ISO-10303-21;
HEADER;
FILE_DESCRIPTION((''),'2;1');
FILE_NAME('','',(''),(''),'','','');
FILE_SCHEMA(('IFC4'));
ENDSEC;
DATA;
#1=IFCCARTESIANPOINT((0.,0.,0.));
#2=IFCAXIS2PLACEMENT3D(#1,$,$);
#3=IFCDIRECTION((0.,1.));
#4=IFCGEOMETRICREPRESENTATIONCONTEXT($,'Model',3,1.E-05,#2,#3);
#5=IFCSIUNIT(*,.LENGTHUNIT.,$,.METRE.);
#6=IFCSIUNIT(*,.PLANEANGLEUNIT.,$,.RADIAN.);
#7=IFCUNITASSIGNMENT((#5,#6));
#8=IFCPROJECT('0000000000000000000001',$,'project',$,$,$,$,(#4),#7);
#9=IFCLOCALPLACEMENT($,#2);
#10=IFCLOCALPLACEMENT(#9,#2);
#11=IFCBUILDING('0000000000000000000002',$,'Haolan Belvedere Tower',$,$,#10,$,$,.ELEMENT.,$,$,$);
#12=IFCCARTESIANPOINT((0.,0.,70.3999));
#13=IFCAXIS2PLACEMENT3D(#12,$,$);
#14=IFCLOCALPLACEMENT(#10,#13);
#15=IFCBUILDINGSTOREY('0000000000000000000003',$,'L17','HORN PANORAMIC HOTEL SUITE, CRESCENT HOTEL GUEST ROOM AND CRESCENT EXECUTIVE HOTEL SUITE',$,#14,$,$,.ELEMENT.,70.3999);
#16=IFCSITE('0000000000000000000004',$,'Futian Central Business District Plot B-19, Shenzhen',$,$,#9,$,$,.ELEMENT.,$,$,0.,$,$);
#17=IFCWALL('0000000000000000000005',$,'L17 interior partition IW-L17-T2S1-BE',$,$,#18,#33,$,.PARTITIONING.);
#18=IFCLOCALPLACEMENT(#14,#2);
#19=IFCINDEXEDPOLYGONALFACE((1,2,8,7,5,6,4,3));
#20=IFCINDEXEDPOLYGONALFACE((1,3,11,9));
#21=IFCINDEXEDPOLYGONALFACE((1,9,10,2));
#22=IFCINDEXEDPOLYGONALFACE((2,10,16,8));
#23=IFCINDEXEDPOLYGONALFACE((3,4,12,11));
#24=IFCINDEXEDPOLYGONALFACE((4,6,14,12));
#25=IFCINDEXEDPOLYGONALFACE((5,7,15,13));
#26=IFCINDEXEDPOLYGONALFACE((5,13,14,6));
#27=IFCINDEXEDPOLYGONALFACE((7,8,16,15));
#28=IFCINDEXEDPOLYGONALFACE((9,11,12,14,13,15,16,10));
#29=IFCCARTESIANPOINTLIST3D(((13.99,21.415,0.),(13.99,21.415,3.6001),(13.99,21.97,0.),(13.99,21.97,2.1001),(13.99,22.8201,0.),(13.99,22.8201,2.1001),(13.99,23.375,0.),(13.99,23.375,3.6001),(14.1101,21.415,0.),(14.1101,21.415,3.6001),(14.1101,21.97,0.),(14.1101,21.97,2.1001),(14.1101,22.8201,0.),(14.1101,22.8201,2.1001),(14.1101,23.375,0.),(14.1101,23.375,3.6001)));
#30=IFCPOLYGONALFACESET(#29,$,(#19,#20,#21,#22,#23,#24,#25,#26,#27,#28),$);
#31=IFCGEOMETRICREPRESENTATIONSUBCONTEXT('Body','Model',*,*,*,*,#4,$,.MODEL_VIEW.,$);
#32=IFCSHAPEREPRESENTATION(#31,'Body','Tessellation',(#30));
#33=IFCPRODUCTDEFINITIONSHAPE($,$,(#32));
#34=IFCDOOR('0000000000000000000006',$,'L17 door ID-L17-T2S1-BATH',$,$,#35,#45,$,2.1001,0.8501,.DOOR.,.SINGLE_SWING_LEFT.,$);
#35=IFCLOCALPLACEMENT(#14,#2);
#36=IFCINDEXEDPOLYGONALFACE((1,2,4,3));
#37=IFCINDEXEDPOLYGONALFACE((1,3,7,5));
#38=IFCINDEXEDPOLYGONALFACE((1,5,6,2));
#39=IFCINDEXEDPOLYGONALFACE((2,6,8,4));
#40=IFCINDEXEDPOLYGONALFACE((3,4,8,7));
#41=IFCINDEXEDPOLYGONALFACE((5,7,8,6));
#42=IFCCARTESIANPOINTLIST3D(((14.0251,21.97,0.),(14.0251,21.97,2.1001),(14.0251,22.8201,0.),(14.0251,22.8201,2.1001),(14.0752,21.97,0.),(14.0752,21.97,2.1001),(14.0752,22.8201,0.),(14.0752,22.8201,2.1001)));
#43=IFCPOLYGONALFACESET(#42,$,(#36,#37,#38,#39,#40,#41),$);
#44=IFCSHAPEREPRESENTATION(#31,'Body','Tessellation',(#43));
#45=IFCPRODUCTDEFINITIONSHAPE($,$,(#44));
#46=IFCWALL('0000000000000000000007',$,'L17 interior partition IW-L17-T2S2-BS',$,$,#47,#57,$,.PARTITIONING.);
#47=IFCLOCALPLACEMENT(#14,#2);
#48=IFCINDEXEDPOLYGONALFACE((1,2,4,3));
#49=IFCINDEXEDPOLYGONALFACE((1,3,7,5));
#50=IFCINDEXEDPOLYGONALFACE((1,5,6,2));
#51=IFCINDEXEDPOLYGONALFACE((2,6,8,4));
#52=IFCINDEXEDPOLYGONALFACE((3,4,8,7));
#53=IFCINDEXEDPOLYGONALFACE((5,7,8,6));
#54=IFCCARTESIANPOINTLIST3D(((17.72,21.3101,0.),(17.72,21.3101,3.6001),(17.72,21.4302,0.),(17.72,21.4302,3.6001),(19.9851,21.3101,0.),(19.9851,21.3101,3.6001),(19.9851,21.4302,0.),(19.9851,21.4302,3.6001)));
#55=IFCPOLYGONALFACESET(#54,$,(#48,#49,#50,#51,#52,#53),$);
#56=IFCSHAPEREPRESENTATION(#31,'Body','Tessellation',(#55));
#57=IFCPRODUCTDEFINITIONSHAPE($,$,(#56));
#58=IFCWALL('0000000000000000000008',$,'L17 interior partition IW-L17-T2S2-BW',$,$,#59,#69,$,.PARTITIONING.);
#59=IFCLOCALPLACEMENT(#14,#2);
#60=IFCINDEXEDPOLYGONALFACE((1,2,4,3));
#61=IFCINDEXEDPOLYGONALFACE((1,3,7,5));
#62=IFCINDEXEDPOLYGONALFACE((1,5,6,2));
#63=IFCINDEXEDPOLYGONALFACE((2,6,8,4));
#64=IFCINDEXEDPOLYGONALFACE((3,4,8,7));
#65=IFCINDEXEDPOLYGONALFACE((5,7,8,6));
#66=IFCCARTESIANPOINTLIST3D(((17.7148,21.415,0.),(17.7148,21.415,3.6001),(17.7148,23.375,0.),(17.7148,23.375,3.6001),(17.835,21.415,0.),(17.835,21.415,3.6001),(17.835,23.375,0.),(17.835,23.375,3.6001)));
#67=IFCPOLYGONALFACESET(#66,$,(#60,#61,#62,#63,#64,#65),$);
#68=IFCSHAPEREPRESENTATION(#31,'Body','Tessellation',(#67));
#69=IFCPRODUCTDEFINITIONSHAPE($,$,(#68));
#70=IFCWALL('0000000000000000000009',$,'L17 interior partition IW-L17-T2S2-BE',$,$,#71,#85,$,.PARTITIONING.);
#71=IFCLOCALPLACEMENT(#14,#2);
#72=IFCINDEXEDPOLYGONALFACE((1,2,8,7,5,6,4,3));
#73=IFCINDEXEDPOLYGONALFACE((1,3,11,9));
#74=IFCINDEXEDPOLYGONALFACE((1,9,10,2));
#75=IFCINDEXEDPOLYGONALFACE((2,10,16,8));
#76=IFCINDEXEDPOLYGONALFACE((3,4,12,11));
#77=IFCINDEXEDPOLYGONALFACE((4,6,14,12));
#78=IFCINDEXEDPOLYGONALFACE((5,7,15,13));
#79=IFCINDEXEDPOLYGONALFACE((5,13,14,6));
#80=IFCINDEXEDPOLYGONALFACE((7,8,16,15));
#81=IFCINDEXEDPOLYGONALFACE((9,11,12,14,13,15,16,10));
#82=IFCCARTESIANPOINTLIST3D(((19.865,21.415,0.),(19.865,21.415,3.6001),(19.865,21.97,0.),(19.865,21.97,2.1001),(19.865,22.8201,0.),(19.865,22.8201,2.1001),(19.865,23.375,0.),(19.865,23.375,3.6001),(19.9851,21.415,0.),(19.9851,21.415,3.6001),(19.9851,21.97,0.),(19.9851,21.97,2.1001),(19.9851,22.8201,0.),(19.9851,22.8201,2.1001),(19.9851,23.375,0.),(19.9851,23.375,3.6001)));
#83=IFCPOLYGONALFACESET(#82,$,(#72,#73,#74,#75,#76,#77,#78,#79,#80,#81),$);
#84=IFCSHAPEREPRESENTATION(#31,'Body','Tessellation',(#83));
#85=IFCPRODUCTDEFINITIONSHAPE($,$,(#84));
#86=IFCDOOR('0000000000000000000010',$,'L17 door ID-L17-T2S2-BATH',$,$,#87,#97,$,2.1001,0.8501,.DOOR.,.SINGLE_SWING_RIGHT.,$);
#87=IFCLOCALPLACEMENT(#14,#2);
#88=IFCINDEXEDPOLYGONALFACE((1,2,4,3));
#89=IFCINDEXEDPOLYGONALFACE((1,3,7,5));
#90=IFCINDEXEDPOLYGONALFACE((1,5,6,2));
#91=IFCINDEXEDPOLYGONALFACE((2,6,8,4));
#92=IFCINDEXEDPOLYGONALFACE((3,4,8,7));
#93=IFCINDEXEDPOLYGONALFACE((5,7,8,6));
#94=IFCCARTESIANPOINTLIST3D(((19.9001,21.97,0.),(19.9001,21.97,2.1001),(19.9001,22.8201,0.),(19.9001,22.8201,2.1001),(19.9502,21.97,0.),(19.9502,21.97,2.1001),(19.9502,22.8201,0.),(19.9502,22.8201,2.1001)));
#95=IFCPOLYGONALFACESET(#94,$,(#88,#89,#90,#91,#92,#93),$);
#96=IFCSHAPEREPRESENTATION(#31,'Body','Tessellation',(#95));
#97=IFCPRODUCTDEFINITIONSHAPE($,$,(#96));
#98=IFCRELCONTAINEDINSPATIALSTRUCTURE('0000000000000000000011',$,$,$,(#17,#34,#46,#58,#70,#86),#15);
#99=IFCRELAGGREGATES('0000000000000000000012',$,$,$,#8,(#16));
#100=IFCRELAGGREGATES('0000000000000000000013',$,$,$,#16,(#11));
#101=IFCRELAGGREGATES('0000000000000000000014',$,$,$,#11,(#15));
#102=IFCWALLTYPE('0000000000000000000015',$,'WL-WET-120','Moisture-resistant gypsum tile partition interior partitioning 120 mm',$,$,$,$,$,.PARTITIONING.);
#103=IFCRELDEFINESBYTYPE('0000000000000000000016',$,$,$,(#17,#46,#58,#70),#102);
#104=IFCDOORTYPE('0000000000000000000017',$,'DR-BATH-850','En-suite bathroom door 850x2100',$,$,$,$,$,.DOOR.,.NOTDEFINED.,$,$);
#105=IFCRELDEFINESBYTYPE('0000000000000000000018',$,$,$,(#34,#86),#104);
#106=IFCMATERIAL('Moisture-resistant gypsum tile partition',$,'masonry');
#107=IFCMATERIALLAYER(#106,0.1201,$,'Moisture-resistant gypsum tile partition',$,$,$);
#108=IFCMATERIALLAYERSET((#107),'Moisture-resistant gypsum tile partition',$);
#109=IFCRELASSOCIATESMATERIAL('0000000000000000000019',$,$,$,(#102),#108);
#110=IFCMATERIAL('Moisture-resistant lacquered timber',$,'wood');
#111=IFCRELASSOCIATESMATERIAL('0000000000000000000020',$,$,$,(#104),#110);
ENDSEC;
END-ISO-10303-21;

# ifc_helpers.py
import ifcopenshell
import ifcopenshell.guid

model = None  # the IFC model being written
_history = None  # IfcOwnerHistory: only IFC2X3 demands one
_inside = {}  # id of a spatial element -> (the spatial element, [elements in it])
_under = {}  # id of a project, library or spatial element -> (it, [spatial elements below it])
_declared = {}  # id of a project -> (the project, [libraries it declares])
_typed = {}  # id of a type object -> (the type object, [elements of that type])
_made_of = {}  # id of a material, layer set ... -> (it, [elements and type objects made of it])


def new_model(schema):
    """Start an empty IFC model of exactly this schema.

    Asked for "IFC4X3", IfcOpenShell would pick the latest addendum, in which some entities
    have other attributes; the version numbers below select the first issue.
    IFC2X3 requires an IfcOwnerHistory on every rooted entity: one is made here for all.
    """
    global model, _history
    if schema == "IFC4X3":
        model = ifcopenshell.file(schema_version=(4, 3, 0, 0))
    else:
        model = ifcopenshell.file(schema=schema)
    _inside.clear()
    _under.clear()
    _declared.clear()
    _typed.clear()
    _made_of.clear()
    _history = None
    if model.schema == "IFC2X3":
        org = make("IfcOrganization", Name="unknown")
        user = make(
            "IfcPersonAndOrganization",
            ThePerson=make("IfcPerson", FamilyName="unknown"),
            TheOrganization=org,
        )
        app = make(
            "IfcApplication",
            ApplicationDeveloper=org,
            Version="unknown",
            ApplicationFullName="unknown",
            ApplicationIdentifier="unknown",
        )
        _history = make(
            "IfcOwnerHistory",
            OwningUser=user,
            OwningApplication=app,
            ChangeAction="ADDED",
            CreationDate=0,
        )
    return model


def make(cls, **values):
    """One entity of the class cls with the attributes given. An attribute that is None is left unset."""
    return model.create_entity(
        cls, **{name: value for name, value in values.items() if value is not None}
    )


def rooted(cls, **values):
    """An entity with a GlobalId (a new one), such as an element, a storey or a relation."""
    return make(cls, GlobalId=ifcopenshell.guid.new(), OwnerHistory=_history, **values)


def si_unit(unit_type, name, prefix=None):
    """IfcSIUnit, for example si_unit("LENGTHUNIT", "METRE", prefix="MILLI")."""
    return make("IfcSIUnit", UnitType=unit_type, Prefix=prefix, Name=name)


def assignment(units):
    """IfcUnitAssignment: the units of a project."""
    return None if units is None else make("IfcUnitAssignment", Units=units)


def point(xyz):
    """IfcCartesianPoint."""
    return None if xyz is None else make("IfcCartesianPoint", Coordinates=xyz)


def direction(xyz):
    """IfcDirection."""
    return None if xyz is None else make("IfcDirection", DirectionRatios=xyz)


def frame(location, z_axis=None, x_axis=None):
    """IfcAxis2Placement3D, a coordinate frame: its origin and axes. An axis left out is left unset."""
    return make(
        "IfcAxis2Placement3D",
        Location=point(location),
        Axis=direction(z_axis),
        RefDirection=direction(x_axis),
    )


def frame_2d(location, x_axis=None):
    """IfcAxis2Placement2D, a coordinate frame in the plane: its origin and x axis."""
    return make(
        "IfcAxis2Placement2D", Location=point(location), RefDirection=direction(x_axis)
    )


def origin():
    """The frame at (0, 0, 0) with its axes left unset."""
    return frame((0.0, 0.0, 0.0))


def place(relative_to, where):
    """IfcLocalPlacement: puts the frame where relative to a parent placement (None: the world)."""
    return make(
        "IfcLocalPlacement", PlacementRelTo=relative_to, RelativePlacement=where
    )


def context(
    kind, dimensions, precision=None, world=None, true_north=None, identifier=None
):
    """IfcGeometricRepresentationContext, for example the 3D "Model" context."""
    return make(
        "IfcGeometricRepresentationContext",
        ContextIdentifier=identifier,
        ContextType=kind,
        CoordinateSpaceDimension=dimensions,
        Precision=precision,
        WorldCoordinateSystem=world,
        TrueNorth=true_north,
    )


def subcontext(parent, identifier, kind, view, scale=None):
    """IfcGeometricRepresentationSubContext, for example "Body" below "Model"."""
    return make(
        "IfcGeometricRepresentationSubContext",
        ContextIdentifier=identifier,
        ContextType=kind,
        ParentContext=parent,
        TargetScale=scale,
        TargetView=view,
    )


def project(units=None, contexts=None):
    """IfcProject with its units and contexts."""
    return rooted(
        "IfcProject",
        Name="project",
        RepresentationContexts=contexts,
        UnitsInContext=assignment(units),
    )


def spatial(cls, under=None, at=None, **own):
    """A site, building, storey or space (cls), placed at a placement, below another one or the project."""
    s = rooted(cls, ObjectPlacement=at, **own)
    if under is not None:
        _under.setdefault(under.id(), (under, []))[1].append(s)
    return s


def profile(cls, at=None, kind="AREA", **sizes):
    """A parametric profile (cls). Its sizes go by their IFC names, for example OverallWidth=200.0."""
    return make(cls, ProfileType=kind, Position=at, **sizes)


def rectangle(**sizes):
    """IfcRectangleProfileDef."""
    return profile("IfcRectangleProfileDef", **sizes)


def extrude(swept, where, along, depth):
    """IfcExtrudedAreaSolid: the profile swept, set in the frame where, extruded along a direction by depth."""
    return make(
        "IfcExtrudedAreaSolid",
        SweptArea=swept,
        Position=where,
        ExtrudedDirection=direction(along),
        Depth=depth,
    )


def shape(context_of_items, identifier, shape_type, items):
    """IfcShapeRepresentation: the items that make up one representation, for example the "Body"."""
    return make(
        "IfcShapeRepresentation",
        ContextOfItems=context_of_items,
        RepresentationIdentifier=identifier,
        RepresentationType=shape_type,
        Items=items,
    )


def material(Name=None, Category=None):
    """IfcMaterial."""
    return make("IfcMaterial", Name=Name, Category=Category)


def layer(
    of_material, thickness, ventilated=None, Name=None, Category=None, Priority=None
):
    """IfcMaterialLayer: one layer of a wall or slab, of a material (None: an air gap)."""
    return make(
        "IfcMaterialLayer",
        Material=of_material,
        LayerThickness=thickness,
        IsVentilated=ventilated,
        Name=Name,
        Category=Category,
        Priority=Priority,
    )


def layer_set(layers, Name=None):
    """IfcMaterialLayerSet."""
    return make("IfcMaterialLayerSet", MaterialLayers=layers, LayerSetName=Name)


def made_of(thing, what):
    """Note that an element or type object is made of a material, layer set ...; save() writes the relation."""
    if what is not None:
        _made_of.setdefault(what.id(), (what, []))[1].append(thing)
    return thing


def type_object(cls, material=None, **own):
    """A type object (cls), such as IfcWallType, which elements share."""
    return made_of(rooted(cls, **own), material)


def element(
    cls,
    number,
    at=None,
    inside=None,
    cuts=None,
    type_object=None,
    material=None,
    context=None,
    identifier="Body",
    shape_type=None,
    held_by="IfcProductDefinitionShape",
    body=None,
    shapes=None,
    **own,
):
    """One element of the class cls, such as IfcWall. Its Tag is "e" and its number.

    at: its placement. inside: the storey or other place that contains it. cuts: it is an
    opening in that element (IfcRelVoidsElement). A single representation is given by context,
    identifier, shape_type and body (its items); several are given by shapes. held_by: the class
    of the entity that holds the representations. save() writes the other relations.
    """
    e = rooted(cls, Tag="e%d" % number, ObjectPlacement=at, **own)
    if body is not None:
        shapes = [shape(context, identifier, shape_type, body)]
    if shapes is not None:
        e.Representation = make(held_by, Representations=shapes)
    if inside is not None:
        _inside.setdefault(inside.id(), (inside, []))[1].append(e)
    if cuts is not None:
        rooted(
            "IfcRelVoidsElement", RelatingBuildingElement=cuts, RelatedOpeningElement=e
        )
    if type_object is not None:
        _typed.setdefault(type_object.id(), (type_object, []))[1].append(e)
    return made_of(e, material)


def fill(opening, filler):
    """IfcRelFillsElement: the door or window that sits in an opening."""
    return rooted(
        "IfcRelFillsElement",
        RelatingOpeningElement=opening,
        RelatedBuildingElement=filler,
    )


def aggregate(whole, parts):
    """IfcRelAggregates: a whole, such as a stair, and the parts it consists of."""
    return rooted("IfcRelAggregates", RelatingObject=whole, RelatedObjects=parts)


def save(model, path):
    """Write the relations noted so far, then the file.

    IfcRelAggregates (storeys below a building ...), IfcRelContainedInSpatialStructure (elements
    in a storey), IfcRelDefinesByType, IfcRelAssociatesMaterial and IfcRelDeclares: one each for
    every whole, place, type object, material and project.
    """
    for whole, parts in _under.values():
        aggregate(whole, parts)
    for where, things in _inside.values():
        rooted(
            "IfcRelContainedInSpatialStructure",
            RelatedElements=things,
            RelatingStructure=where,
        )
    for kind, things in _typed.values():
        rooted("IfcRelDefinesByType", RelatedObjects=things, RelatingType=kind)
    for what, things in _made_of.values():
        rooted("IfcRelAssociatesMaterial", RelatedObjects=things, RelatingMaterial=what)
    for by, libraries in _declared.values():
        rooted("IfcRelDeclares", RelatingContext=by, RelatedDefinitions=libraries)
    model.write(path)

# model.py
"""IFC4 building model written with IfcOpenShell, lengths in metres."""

from ifc_helpers import new_model, si_unit, direction, frame, frame_2d, origin, place, context, subcontext, project, spatial, rectangle, extrude, material, layer, layer_set, type_object, element, fill, save


model = new_model("IFC4")

# Units and contexts
model_context = context("Model", 3, precision=1e-05, world=origin(), true_north=direction((0.0, 1.0)))
body_context = subcontext(model_context, "Body", "Model", "MODEL_VIEW")
ifc_project = project(units=[si_unit("LENGTHUNIT", "METRE"), si_unit("PLANEANGLEUNIT", "RADIAN")], contexts=[model_context])

# Site, building, storey
site_placement = place(None, origin())
site = spatial("IfcSite", under=ifc_project, at=site_placement, Name="Futian Central Business District Plot B-19, Shenzhen", CompositionType="ELEMENT", RefElevation=0.0)
building_placement = place(site_placement, origin())
building = spatial("IfcBuilding", under=site, at=building_placement, Name="Haolan Belvedere Tower", CompositionType="ELEMENT")
storey_placement = place(building_placement, frame((0.0, 0.0, 70.3999)))
storey = spatial("IfcBuildingStorey", under=building, at=storey_placement, Name="L17", Description="HORN PANORAMIC HOTEL SUITE, CRESCENT HOTEL GUEST ROOM AND CRESCENT EXECUTIVE HOTEL SUITE", CompositionType="ELEMENT", Elevation=70.3999)

# Wall, opening, door
ifc_material_1 = material(Name="Moisture-resistant gypsum tile partition", Category="masonry")
ifc_layer_1 = layer(ifc_material_1, 0.1201, Name="Moisture-resistant gypsum tile partition")
ifc_layer_set_1 = layer_set([ifc_layer_1], Name="Moisture-resistant gypsum tile partition")
wall_type_1 = type_object("IfcWallType", Name="WL-WET-120", Description="Moisture-resistant gypsum tile partition interior partitioning 120 mm", PredefinedType="PARTITIONING", material=ifc_layer_set_1)
wall_1_placement = place(storey_placement, frame((14.05, 21.415, 0.0), z_axis=(0.0, 0.0, 1.0), x_axis=(0.0, 1.0, 0.0)))
wall_1 = element("IfcWall", 1, at=wall_1_placement, inside=storey, type_object=wall_type_1, Name="L17 interior partition IW-L17-T2S1-BE", PredefinedType="PARTITIONING", context=body_context, shape_type="SweptSolid", body=[
    extrude(rectangle(XDim=1.96, YDim=0.1201, at=frame_2d((0.98, 0.0))), origin(), (0.0, 0.0, 1.0), 3.6001),
])
opening_1_placement = place(wall_1_placement, frame((0.5549, 0.0, 0.0)))
opening_1 = element("IfcOpeningElement", 2, at=opening_1_placement, cuts=wall_1, PredefinedType="OPENING", context=body_context, shape_type="SweptSolid", body=[
    extrude(rectangle(XDim=0.8501, YDim=2.1001, at=frame_2d((0.425, 1.05))), frame((0.0, 0.0701, 0.0), z_axis=(0.0, -1.0, 0.0), x_axis=(1.0, 0.0, 0.0)), (0.0, 0.0, 1.0), 0.1401),
])
ifc_material_2 = material(Name="Moisture-resistant lacquered timber", Category="wood")
door_type = type_object("IfcDoorType", Name="DR-BATH-850", Description="En-suite bathroom door 850x2100", OperationType="NOTDEFINED", PredefinedType="DOOR", material=ifc_material_2)
door_1_placement = place(opening_1_placement, origin())
door_1 = element("IfcDoor", 3, at=door_1_placement, inside=storey, type_object=door_type, Name="L17 door ID-L17-T2S1-BATH", OperationType="SINGLE_SWING_LEFT", OverallHeight=2.1001, OverallWidth=0.8501, PredefinedType="DOOR", context=body_context, shape_type="SweptSolid", body=[
    extrude(rectangle(XDim=0.8501, YDim=2.1001, at=frame_2d((0.425, 1.05))), frame((0.0, 0.0249, 0.0), z_axis=(0.0, -1.0, 0.0), x_axis=(1.0, 0.0, 0.0)), (0.0, 0.0, 1.0), 0.05),
])
fill(opening_1, door_1)

# Walls
wall_2_placement = place(storey_placement, frame((17.72, 21.3701, 0.0), z_axis=(0.0, 0.0, 1.0), x_axis=(1.0, 0.0, 0.0)))
element("IfcWall", 4, at=wall_2_placement, inside=storey, type_object=wall_type_1, Name="L17 interior partition IW-L17-T2S2-BS", PredefinedType="PARTITIONING", context=body_context, shape_type="SweptSolid", body=[
    extrude(rectangle(XDim=2.2651, YDim=0.1201, at=frame_2d((1.1326, 0.0))), origin(), (0.0, 0.0, 1.0), 3.6001),
])
wall_3_placement = place(storey_placement, frame((17.7749, 21.415, 0.0), z_axis=(0.0, 0.0, 1.0), x_axis=(0.0, 1.0, 0.0)))
element("IfcWall", 5, at=wall_3_placement, inside=storey, type_object=wall_type_1, Name="L17 interior partition IW-L17-T2S2-BW", PredefinedType="PARTITIONING", context=body_context, shape_type="SweptSolid", body=[
    extrude(rectangle(XDim=1.96, YDim=0.1201, at=frame_2d((0.98, 0.0))), origin(), (0.0, 0.0, 1.0), 3.6001),
])

# Wall, opening, door
wall_4_placement = place(storey_placement, frame((19.925, 21.415, 0.0), z_axis=(0.0, 0.0, 1.0), x_axis=(0.0, 1.0, 0.0)))
wall_4 = element("IfcWall", 6, at=wall_4_placement, inside=storey, type_object=wall_type_1, Name="L17 interior partition IW-L17-T2S2-BE", PredefinedType="PARTITIONING", context=body_context, shape_type="SweptSolid", body=[
    extrude(rectangle(XDim=1.96, YDim=0.1201, at=frame_2d((0.98, 0.0))), origin(), (0.0, 0.0, 1.0), 3.6001),
])
opening_2_placement = place(wall_4_placement, frame((0.5549, 0.0, 0.0)))
opening_2 = element("IfcOpeningElement", 7, at=opening_2_placement, cuts=wall_4, PredefinedType="OPENING", context=body_context, shape_type="SweptSolid", body=[
    extrude(rectangle(XDim=0.8501, YDim=2.1001, at=frame_2d((0.425, 1.05))), frame((0.0, 0.0701, 0.0), z_axis=(0.0, -1.0, 0.0), x_axis=(1.0, 0.0, 0.0)), (0.0, 0.0, 1.0), 0.1401),
])
door_2_placement = place(opening_2_placement, origin())
door_2 = element("IfcDoor", 8, at=door_2_placement, inside=storey, type_object=door_type, Name="L17 door ID-L17-T2S2-BATH", OperationType="SINGLE_SWING_RIGHT", OverallHeight=2.1001, OverallWidth=0.8501, PredefinedType="DOOR", context=body_context, shape_type="SweptSolid", body=[
    extrude(rectangle(XDim=0.8501, YDim=2.1001, at=frame_2d((0.425, 1.05))), frame((0.0, 0.0249, 0.0), z_axis=(0.0, -1.0, 0.0), x_axis=(1.0, 0.0, 0.0)), (0.0, 0.0, 1.0), 0.05),
])
fill(opening_2, door_2)

save(model, "model.ifc")
